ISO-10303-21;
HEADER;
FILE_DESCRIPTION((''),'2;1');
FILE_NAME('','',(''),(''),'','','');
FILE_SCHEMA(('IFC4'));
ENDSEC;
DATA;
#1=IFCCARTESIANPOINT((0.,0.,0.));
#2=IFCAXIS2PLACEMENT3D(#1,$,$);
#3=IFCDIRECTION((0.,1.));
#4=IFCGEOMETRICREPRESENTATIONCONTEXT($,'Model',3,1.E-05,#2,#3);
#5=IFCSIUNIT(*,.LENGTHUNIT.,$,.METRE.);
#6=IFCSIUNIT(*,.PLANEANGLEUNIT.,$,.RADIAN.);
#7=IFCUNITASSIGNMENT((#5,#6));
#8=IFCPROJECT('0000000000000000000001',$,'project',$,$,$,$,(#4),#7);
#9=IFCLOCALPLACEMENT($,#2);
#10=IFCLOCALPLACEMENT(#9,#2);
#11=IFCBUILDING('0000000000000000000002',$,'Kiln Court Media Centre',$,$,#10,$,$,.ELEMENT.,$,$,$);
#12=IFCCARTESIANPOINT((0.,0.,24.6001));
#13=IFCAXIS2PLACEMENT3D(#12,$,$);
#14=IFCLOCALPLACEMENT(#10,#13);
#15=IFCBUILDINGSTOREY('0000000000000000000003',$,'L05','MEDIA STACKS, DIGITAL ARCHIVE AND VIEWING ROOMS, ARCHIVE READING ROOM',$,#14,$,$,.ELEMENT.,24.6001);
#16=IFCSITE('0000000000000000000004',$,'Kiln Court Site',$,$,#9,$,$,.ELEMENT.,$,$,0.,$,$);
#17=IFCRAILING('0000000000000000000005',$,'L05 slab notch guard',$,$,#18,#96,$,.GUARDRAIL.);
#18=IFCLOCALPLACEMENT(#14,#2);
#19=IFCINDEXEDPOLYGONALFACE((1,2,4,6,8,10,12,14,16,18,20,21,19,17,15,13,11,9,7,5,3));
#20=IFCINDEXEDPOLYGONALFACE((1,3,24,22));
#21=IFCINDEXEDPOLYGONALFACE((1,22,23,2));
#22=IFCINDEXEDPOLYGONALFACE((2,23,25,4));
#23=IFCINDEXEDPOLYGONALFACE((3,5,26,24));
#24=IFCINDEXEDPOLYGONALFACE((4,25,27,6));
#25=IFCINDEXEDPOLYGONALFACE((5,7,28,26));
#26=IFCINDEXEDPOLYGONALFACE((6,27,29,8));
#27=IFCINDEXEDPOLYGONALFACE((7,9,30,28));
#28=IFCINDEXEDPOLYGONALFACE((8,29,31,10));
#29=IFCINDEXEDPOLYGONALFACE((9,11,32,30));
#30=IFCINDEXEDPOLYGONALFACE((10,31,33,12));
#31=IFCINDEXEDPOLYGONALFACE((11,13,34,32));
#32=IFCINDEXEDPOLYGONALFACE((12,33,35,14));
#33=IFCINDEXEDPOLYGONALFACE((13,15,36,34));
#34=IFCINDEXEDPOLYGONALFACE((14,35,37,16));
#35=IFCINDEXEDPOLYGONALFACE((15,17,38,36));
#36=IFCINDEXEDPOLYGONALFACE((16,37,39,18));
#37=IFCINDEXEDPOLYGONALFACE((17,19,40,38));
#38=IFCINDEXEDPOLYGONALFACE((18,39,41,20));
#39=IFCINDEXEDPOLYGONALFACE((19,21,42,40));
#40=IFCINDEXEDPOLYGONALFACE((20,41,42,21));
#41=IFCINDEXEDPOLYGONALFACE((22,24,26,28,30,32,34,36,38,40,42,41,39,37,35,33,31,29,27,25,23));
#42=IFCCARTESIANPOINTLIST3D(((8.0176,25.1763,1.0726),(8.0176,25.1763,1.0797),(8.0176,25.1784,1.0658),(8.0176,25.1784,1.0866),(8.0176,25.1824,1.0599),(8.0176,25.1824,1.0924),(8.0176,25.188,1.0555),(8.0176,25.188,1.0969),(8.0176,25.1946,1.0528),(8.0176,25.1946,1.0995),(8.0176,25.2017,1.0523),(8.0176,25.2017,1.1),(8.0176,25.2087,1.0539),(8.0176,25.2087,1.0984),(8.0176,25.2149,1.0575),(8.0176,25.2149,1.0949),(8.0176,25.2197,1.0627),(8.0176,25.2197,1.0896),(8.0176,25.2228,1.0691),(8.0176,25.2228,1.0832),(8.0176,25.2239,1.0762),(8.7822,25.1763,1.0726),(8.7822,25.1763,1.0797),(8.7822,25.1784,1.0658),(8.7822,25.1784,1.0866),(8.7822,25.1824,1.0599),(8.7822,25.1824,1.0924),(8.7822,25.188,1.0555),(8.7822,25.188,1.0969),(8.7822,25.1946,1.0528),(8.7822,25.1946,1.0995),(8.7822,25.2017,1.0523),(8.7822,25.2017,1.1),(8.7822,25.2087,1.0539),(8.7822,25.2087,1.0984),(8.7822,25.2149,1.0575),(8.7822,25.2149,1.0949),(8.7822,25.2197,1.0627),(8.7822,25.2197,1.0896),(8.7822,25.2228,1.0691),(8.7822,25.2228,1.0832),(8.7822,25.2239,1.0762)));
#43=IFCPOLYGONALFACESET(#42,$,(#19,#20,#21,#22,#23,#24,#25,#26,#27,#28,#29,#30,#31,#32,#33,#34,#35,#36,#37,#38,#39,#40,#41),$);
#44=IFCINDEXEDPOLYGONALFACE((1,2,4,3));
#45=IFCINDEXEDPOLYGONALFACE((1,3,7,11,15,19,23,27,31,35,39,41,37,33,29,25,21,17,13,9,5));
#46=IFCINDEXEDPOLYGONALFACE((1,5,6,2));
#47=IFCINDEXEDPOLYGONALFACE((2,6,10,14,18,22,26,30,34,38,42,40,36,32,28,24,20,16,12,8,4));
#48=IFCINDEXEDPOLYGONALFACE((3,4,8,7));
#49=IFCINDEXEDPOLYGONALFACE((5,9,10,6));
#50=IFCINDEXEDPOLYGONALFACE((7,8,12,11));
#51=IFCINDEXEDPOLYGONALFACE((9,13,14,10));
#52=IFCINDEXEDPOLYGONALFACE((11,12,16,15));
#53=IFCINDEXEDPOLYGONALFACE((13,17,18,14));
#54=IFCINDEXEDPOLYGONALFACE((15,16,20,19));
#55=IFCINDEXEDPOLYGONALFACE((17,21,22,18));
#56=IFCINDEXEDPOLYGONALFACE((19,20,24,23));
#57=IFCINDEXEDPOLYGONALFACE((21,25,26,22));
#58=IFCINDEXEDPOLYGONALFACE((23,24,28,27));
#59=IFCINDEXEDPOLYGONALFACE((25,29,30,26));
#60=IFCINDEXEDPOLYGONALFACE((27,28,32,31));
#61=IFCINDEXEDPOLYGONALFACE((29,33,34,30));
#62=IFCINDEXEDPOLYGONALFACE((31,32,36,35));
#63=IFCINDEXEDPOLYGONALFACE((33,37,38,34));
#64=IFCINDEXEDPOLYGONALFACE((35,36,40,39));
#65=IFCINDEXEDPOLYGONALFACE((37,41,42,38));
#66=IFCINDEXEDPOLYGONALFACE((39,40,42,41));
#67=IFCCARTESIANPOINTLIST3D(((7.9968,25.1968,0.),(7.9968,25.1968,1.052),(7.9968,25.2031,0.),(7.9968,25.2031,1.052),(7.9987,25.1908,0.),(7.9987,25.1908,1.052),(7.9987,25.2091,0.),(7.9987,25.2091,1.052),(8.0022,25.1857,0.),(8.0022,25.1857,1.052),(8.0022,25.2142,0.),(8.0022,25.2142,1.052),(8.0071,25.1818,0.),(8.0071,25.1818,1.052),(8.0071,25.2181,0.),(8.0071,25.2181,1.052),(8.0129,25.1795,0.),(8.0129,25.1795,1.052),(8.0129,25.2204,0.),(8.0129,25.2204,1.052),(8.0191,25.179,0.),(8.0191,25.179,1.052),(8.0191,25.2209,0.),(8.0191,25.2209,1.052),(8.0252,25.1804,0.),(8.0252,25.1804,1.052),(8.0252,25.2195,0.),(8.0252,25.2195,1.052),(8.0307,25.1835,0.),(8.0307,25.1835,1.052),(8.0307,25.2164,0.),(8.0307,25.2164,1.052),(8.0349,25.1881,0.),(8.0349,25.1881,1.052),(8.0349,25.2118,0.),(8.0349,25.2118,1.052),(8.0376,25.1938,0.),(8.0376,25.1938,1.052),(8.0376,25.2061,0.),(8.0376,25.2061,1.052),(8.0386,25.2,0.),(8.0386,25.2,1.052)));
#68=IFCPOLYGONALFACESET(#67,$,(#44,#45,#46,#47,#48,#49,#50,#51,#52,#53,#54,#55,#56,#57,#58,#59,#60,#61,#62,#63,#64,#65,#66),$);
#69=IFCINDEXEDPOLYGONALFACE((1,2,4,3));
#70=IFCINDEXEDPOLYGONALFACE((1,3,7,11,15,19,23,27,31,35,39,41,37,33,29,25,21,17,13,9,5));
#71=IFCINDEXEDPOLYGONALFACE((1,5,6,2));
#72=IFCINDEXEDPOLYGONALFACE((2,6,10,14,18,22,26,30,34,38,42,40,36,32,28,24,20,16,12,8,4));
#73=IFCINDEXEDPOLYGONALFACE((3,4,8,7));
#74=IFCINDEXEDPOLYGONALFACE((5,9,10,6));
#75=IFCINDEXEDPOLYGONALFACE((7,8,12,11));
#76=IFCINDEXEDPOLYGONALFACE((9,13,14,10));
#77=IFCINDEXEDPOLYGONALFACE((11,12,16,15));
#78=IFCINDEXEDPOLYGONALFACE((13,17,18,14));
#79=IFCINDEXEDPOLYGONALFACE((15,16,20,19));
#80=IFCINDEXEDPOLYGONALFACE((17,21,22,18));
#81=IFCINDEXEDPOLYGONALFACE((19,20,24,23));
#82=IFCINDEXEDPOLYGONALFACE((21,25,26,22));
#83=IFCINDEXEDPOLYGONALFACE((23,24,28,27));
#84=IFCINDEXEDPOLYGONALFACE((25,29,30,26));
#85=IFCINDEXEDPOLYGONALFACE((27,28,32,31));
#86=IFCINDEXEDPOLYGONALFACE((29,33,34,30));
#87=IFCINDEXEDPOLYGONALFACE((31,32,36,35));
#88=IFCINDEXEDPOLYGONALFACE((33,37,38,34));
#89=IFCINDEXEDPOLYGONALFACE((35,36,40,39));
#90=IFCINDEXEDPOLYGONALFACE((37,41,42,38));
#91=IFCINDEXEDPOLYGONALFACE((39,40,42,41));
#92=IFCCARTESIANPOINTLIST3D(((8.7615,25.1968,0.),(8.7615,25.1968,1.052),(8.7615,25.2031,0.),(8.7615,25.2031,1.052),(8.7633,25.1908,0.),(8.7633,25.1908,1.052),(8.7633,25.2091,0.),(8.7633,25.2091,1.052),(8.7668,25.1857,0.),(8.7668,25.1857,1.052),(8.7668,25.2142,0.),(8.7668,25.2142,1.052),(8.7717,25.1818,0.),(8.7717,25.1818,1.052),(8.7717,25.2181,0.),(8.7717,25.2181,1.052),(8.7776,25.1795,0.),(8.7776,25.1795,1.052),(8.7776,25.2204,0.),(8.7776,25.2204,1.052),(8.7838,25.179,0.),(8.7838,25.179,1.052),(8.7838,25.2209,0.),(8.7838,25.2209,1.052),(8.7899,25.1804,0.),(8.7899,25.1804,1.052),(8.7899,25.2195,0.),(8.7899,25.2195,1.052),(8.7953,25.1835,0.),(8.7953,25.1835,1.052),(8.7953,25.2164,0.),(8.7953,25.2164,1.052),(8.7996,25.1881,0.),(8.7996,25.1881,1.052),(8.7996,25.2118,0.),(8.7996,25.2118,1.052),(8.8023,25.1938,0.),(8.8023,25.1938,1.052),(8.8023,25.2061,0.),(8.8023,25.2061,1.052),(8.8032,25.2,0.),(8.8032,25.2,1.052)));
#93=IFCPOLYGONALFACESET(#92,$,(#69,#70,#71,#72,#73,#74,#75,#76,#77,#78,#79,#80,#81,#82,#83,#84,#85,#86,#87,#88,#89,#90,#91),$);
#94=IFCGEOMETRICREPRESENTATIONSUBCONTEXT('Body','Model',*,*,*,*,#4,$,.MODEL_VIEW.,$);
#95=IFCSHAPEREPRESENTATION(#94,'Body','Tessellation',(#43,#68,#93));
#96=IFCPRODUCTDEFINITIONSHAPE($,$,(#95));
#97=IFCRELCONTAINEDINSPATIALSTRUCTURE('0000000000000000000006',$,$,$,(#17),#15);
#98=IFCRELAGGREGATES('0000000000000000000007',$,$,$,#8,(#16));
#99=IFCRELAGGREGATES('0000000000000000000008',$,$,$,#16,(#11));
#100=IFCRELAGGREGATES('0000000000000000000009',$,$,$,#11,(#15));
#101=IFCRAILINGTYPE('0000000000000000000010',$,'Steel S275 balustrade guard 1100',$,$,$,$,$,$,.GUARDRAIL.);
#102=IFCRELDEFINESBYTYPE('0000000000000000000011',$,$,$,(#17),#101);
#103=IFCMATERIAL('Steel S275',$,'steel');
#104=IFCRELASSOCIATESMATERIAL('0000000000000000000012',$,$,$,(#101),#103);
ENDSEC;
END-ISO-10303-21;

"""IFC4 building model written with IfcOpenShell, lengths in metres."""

from ifc_helpers import new_model, si_unit, direction, frame, origin, origin_2d, place, context, subcontext, project, spatial, circle, extrude, material, type_object, element, save


model = new_model("IFC4")

# Units and contexts
model_context = context("Model", 3, precision=1e-05, world=origin(), true_north=direction((0.0, 1.0)))
body_context = subcontext(model_context, "Body", "Model", "MODEL_VIEW")
ifc_project = project(units=[si_unit("LENGTHUNIT", "METRE"), si_unit("PLANEANGLEUNIT", "RADIAN")], contexts=[model_context])

# Site, building, storey
site_placement = place(None, origin())
site = spatial("IfcSite", under=ifc_project, at=site_placement, Name="Kiln Court Site", CompositionType="ELEMENT", RefElevation=0.0)
building_placement = place(site_placement, origin())
building = spatial("IfcBuilding", under=site, at=building_placement, Name="Kiln Court Media Centre", CompositionType="ELEMENT")
storey_placement = place(building_placement, frame((0.0, 0.0, 24.6001)))
storey = spatial("IfcBuildingStorey", under=building, at=storey_placement, Name="L05", Description="MEDIA STACKS, DIGITAL ARCHIVE AND VIEWING ROOMS, ARCHIVE READING ROOM", CompositionType="ELEMENT", Elevation=24.6001)

# Railing
ifc_material_1 = material(Name="Steel S275", Category="steel")
railing_type_1 = type_object("IfcRailingType", Name="Steel S275 balustrade guard 1100", PredefinedType="GUARDRAIL", material=ifc_material_1)
railing_1_placement = place(storey_placement, frame((8.0176, 25.2, 0.0)))
element("IfcRailing", 1, at=railing_1_placement, inside=storey, type_object=railing_type_1, Name="L05 slab notch guard", PredefinedType="GUARDRAIL", context=body_context, shape_type="SweptSolid", body=[
    extrude(circle(Radius=0.0239, at=origin_2d()), frame((0.0, 0.0, 1.0762), z_axis=(1.0, 0.0, 0.0), x_axis=(0.0, 1.0, 0.0)), (0.0, 0.0, 1.0), 0.7646),
    extrude(circle(Radius=0.021, at=origin_2d()), origin(), (0.0, 0.0, 1.0), 1.052),
    extrude(circle(Radius=0.021, at=origin_2d()), frame((0.7646, 0.0, 0.0)), (0.0, 0.0, 1.0), 1.052),
])

save(model, "model.ifc")
